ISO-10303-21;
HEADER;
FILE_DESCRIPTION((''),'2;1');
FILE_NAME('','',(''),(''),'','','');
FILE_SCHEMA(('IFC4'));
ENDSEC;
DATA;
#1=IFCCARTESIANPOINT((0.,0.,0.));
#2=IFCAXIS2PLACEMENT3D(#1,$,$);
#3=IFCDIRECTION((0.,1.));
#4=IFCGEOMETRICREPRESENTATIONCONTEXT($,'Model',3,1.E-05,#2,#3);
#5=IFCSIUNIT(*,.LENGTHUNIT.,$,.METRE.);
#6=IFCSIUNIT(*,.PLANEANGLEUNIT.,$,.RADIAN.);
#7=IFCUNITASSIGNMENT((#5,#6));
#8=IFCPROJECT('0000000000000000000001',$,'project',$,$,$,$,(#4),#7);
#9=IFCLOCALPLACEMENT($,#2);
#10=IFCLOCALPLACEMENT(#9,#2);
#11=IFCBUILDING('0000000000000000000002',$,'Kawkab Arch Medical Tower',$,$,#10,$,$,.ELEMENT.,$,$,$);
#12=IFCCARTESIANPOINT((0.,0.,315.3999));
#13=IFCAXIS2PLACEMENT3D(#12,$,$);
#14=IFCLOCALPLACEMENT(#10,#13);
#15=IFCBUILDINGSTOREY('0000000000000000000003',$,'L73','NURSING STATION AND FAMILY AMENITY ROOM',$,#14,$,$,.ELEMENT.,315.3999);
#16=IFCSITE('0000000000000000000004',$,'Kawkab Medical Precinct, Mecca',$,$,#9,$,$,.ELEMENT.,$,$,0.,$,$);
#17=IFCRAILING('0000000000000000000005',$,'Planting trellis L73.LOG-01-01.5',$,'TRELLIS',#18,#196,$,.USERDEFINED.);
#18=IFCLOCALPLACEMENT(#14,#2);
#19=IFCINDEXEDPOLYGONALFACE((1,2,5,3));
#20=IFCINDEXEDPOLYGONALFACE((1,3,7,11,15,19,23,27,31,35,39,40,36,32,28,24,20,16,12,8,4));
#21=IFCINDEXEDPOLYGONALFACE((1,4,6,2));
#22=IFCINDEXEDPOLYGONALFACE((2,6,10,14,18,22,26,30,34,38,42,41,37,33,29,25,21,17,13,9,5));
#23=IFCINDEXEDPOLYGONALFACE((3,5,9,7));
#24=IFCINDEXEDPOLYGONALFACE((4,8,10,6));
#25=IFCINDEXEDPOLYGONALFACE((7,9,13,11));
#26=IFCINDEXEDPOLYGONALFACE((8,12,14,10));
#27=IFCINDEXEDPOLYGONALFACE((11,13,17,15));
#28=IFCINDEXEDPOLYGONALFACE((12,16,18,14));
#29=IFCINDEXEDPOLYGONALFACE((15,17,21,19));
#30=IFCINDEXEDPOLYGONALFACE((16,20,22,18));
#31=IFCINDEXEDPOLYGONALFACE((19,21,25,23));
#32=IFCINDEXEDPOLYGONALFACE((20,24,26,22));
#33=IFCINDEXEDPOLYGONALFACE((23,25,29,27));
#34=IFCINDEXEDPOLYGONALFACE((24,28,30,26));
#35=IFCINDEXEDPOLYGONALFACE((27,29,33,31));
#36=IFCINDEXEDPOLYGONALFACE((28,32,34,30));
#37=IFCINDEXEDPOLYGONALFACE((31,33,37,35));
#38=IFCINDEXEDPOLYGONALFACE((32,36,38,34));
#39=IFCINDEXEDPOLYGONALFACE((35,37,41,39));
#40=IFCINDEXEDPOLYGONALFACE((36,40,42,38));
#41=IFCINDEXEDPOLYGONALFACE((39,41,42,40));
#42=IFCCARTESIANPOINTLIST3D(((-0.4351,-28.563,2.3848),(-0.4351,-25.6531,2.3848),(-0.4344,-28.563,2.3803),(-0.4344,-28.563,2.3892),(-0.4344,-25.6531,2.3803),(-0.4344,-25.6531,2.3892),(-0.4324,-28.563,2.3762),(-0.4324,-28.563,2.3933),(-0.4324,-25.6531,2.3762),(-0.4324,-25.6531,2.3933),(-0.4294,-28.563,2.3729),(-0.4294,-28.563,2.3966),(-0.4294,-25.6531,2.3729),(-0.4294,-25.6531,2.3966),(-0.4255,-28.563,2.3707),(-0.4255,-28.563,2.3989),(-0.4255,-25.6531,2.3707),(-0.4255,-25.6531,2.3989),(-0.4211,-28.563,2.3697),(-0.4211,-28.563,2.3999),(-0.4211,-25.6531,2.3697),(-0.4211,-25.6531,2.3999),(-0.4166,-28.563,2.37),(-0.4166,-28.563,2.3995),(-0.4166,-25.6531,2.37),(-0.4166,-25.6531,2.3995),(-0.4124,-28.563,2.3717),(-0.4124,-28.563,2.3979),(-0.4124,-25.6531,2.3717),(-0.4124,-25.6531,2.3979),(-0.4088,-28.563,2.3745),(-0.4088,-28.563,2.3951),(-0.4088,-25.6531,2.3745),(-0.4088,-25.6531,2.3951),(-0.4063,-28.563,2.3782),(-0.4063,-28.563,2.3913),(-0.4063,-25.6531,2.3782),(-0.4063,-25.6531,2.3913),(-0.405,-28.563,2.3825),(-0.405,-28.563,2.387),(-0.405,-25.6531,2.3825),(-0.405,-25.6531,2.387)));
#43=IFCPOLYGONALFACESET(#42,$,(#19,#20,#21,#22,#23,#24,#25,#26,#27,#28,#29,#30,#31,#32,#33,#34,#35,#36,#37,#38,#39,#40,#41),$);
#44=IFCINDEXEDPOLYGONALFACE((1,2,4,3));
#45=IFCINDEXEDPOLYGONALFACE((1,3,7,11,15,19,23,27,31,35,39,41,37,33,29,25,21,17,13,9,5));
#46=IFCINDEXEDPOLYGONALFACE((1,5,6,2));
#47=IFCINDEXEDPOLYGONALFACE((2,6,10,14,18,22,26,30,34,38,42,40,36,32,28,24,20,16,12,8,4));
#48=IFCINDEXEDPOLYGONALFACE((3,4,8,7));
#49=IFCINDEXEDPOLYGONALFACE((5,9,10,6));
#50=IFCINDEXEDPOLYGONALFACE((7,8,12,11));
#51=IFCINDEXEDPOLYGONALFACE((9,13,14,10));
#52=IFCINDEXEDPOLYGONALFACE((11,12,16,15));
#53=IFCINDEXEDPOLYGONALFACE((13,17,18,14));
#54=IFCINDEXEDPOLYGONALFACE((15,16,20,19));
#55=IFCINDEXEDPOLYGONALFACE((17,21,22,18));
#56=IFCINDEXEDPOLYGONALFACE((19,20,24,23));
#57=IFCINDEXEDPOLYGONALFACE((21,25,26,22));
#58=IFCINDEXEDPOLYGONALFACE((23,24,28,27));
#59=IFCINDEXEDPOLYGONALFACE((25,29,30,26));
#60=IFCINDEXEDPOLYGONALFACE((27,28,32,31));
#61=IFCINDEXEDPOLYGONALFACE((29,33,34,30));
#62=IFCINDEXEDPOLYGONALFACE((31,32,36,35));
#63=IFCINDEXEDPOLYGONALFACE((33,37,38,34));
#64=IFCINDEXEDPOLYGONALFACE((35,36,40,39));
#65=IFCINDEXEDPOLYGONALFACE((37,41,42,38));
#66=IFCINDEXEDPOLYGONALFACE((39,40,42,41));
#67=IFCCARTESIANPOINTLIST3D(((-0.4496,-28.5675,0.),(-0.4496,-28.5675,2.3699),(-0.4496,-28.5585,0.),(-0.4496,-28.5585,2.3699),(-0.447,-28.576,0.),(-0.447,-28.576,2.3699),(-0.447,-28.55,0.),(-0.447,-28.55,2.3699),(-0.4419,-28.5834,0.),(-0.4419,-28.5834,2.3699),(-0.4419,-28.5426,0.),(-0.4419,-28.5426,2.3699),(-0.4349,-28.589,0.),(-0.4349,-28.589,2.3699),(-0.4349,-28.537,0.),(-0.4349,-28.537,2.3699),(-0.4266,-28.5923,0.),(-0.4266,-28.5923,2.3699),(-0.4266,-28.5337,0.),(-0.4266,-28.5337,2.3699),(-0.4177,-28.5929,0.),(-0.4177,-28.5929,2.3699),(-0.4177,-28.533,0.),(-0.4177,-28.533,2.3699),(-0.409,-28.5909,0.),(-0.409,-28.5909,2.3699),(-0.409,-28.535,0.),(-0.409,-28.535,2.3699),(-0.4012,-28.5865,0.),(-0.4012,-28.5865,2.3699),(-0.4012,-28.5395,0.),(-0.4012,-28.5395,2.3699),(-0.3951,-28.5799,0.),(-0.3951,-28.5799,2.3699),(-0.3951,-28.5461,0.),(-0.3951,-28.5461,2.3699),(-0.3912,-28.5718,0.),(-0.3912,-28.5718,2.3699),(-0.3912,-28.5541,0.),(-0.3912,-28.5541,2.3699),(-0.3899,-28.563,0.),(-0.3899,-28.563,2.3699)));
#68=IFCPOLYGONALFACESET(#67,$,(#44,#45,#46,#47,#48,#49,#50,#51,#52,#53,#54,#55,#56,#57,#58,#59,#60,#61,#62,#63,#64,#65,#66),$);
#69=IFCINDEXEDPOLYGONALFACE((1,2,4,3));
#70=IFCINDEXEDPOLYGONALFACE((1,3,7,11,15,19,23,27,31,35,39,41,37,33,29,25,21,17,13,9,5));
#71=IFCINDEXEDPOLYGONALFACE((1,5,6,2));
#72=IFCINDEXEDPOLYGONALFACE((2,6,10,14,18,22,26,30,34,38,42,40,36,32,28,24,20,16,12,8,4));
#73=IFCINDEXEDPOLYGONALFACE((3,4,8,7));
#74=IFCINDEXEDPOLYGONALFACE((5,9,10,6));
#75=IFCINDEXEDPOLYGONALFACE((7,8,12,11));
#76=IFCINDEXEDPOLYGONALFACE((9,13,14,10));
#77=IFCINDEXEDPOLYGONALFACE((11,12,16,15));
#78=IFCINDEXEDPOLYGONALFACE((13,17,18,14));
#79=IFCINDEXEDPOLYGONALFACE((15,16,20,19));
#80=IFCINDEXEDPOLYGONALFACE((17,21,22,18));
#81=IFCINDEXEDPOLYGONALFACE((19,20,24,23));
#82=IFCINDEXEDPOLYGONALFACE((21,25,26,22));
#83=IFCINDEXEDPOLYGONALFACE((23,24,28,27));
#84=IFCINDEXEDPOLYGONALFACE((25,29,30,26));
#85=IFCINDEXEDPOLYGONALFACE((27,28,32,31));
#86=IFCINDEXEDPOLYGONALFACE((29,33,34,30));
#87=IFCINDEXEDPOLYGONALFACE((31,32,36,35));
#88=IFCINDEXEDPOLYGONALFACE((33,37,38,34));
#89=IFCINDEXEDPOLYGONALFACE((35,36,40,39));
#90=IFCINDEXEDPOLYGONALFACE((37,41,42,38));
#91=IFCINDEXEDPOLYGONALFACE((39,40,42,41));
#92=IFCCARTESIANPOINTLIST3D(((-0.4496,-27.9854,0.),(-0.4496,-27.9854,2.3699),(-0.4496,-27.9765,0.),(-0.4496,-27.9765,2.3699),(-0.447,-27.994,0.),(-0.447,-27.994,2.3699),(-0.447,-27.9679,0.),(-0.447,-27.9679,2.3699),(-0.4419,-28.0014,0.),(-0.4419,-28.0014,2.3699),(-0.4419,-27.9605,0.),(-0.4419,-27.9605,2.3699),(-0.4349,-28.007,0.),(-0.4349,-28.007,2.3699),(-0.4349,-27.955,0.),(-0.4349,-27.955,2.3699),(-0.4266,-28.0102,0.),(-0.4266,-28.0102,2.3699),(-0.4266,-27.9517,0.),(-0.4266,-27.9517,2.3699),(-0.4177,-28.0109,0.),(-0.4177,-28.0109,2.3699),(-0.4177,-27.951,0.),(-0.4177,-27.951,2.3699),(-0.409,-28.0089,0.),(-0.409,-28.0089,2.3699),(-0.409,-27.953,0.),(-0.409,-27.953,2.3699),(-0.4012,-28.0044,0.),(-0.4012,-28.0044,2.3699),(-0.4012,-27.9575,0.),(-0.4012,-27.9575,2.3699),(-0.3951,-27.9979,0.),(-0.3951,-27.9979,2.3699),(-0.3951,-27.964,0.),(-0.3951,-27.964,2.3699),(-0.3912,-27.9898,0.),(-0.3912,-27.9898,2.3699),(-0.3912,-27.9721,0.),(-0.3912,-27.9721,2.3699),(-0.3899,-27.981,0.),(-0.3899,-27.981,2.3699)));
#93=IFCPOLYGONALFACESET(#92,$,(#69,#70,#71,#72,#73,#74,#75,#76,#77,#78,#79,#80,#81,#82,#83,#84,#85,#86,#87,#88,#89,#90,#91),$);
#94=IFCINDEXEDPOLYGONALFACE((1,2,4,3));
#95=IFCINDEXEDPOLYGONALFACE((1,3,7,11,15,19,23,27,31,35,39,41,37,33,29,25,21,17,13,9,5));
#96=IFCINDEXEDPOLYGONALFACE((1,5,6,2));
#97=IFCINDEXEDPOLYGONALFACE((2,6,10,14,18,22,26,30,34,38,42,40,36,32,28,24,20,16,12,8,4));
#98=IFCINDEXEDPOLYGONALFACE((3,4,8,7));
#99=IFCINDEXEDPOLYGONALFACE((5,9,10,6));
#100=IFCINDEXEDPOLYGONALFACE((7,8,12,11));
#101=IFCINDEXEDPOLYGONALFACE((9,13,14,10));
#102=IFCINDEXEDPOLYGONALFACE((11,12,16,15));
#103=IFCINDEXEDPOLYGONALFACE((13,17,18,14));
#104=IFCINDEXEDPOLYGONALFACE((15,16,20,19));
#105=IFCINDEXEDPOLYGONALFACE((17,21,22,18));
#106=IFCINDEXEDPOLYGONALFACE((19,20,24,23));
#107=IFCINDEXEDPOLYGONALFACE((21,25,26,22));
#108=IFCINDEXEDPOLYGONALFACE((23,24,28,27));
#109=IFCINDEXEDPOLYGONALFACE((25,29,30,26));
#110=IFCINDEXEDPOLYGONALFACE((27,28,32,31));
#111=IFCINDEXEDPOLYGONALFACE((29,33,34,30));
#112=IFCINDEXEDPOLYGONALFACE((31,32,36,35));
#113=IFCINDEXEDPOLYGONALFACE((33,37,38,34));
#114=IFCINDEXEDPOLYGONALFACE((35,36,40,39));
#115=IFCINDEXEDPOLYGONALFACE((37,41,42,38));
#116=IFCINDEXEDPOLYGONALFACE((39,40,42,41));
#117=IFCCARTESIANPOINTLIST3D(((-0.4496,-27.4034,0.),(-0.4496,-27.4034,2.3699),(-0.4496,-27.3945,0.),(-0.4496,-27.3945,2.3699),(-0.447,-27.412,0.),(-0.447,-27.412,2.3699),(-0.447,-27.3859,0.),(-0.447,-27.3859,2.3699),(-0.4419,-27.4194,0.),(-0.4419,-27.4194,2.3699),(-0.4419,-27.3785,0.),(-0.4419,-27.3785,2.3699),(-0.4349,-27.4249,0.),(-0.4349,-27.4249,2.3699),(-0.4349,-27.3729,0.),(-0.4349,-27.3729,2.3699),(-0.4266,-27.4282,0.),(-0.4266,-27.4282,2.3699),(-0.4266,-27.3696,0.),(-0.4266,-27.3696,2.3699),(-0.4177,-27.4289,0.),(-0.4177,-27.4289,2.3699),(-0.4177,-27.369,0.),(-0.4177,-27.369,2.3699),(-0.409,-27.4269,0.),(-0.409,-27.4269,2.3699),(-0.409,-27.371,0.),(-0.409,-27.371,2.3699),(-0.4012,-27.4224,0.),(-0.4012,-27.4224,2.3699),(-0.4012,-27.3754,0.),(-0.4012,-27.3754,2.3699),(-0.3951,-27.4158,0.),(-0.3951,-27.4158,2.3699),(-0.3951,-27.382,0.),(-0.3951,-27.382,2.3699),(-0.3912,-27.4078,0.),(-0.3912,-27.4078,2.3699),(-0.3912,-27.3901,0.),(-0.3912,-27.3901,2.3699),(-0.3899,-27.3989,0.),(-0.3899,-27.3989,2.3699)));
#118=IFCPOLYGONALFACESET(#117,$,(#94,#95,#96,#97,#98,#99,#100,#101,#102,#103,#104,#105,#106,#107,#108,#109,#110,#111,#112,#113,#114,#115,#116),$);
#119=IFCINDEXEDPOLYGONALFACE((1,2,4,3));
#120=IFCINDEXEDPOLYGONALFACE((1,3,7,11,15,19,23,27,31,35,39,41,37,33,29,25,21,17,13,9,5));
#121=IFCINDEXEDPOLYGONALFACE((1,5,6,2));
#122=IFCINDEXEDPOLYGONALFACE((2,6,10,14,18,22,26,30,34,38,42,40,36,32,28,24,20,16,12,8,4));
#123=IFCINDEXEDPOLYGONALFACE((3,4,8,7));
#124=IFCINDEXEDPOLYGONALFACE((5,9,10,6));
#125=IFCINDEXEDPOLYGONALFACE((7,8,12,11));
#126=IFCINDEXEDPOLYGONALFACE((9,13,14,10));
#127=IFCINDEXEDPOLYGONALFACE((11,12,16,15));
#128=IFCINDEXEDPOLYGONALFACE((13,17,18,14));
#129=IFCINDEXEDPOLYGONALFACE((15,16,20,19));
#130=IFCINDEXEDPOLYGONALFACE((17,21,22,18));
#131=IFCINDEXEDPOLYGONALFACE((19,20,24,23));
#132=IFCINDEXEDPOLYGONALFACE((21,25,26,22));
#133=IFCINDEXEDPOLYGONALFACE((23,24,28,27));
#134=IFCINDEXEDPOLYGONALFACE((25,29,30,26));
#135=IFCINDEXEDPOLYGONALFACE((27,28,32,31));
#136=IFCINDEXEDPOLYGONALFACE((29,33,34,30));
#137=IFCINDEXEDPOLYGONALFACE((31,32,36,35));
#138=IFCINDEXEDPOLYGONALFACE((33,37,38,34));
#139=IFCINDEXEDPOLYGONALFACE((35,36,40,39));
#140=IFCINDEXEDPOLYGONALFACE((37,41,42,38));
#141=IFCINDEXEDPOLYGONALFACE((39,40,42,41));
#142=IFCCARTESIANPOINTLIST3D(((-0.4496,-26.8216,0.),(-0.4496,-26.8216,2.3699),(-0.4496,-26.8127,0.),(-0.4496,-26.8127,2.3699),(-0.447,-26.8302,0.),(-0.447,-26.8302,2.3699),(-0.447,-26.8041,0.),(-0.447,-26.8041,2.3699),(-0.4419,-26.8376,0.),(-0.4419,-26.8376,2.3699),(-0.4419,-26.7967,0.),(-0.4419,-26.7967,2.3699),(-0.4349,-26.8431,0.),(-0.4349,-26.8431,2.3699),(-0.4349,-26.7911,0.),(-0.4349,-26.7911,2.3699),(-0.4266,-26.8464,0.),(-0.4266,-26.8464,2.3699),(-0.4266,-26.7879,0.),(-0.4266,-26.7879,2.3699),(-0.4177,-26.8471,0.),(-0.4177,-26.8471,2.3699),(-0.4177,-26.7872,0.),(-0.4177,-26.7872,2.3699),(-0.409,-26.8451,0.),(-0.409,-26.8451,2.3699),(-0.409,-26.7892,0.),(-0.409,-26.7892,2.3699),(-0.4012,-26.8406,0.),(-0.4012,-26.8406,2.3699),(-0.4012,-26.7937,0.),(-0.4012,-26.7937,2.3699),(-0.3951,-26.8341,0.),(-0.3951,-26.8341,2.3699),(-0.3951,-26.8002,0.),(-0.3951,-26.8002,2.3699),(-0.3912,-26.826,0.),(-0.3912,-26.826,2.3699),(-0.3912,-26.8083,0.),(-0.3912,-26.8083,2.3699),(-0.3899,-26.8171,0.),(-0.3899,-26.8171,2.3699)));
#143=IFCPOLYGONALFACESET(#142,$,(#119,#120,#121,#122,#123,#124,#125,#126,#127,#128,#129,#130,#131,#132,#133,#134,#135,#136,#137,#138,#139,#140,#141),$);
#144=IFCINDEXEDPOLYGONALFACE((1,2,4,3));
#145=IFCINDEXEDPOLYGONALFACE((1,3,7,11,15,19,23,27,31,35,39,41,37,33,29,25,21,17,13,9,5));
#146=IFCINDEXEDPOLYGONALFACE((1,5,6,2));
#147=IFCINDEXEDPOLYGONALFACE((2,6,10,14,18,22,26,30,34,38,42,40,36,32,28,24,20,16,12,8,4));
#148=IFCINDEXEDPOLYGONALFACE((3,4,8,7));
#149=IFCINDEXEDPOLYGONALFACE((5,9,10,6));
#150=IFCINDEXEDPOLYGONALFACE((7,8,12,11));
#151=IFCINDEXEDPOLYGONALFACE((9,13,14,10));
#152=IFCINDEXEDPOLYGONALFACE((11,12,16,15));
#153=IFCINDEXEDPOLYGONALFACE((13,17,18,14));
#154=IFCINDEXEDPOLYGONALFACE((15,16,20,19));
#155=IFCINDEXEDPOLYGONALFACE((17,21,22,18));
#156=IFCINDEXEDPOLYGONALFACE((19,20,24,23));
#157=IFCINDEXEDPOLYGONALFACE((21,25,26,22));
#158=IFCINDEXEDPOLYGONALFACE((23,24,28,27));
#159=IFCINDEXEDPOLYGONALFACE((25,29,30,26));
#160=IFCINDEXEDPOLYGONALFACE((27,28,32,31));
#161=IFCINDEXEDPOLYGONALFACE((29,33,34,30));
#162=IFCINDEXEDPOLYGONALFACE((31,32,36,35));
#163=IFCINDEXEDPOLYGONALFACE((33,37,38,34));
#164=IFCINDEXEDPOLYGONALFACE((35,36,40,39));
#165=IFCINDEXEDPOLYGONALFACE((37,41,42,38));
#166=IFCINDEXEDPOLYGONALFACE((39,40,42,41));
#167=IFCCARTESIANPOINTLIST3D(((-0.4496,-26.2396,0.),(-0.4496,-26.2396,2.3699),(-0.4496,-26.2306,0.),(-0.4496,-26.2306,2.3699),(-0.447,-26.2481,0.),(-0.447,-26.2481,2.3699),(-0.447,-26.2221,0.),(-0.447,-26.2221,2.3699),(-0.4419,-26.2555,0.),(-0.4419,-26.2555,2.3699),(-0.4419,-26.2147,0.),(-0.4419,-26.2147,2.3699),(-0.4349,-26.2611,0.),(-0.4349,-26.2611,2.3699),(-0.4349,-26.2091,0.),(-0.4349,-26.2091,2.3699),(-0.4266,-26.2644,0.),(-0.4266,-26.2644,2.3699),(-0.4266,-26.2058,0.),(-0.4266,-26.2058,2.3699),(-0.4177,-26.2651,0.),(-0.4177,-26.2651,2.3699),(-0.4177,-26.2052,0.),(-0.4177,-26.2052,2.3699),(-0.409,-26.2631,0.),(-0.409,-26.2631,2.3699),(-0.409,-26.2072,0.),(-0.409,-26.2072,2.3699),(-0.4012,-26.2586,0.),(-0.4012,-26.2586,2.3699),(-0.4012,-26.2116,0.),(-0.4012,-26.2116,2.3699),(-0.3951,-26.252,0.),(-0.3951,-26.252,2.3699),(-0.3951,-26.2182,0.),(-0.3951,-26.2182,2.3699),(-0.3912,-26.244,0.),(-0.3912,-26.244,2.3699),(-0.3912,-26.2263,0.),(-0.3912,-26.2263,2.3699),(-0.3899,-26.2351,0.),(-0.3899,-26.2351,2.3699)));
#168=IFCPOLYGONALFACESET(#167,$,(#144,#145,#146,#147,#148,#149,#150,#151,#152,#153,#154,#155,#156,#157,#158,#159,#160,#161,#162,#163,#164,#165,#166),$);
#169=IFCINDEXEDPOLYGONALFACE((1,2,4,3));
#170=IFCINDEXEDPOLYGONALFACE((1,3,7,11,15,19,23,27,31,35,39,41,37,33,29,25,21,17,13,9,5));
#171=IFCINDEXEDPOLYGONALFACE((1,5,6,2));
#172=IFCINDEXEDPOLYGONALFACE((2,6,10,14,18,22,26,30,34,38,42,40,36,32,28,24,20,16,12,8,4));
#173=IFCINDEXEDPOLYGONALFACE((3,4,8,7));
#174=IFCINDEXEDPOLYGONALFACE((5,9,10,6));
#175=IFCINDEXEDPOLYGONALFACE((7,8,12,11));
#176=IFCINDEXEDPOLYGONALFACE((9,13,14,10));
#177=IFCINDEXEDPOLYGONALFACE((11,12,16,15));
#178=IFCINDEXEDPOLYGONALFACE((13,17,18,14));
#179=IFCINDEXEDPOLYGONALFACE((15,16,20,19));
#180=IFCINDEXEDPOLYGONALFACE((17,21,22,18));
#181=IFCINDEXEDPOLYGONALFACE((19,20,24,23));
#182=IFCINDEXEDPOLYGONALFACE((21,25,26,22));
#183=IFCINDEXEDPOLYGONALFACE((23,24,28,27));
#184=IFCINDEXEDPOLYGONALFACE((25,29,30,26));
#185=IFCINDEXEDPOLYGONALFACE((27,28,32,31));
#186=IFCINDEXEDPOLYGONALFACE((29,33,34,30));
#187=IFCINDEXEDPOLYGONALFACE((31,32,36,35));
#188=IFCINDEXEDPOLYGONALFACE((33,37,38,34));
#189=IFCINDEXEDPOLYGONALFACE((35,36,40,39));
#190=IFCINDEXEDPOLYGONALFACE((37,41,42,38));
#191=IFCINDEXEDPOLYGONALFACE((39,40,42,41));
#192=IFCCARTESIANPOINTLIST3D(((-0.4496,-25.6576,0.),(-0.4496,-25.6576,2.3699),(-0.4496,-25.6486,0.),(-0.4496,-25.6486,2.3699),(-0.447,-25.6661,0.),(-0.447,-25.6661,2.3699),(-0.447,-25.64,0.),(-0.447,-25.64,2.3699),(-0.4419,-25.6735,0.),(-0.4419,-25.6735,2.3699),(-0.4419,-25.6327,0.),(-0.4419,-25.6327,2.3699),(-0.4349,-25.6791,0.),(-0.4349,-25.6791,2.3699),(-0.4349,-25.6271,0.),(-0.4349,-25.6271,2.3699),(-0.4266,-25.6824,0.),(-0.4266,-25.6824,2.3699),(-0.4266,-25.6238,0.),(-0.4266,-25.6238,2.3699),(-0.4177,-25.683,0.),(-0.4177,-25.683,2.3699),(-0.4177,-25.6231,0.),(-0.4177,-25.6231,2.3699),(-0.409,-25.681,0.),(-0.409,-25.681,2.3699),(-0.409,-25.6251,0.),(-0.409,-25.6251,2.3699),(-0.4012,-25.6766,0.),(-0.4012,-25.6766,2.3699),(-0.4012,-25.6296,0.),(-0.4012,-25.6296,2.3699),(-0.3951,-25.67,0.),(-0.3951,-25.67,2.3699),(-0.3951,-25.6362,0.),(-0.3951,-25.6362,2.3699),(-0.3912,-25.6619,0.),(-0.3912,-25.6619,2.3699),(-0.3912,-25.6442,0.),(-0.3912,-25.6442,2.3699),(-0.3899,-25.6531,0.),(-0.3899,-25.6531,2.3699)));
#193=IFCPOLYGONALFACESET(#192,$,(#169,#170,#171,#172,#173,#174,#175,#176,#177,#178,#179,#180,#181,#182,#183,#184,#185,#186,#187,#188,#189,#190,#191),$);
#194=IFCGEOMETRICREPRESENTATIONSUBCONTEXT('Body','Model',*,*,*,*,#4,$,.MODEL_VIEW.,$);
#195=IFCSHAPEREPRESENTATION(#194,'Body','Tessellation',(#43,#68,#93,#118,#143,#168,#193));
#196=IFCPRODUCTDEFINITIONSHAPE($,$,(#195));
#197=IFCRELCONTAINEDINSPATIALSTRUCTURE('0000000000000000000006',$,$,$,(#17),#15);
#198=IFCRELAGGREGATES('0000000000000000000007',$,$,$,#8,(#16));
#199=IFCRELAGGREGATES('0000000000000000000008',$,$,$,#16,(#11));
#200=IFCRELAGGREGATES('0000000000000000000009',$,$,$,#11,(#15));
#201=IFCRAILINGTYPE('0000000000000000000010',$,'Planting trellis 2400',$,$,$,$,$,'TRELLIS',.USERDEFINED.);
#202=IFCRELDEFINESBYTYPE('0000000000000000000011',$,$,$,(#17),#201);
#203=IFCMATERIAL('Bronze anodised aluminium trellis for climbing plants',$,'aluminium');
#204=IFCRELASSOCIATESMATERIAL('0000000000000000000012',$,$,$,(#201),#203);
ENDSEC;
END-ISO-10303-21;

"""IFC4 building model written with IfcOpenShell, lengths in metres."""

from ifc_helpers import new_model, si_unit, direction, frame, origin, origin_2d, place, context, subcontext, project, spatial, circle, extrude, material, type_object, element, save


model = new_model("IFC4")

# Units and contexts
model_context = context("Model", 3, precision=1e-05, world=origin(), true_north=direction((0.0, 1.0)))
body_context = subcontext(model_context, "Body", "Model", "MODEL_VIEW")
ifc_project = project(units=[si_unit("LENGTHUNIT", "METRE"), si_unit("PLANEANGLEUNIT", "RADIAN")], contexts=[model_context])

# Site, building, storey
site_placement = place(None, origin())
site = spatial("IfcSite", under=ifc_project, at=site_placement, Name="Kawkab Medical Precinct, Mecca", CompositionType="ELEMENT", RefElevation=0.0)
building_placement = place(site_placement, origin())
building = spatial("IfcBuilding", under=site, at=building_placement, Name="Kawkab Arch Medical Tower", CompositionType="ELEMENT")
storey_placement = place(building_placement, frame((0.0, 0.0, 315.3999)))
storey = spatial("IfcBuildingStorey", under=building, at=storey_placement, Name="L73", Description="NURSING STATION AND FAMILY AMENITY ROOM", CompositionType="ELEMENT", Elevation=315.3999)

# Railing
ifc_material_1 = material(Name="Bronze anodised aluminium trellis for climbing plants", Category="aluminium")
railing_type = type_object("IfcRailingType", Name="Planting trellis 2400", ElementType="TRELLIS", PredefinedType="USERDEFINED", material=ifc_material_1)
railing_1_placement = place(storey_placement, frame((-0.4199, -28.563, 0.0)))
element("IfcRailing", 1, at=railing_1_placement, inside=storey, type_object=railing_type, Name="Planting trellis L73.LOG-01-01.5", ObjectType="TRELLIS", PredefinedType="USERDEFINED", context=body_context, shape_type="SweptSolid", body=[
    extrude(circle(Radius=0.0151, at=origin_2d()), frame((0.0, 0.0, 2.3848), z_axis=(0.0, 1.0, 0.0), x_axis=(-1.0, 0.0, 0.0)), (0.0, 0.0, 1.0), 2.9099),
    extrude(circle(Radius=0.03, at=origin_2d()), origin(), (0.0, 0.0, 1.0), 2.3699),
    extrude(circle(Radius=0.03, at=origin_2d()), frame((0.0, 0.582, 0.0)), (0.0, 0.0, 1.0), 2.3699),
    extrude(circle(Radius=0.03, at=origin_2d()), frame((0.0, 1.1641, 0.0)), (0.0, 0.0, 1.0), 2.3699),
    extrude(circle(Radius=0.03, at=origin_2d()), frame((0.0, 1.7458, 0.0)), (0.0, 0.0, 1.0), 2.3699),
    extrude(circle(Radius=0.03, at=origin_2d()), frame((0.0, 2.3279, 0.0)), (0.0, 0.0, 1.0), 2.3699),
    extrude(circle(Radius=0.03, at=origin_2d()), frame((0.0, 2.9099, 0.0)), (0.0, 0.0, 1.0), 2.3699),
])

save(model, "model.ifc")
